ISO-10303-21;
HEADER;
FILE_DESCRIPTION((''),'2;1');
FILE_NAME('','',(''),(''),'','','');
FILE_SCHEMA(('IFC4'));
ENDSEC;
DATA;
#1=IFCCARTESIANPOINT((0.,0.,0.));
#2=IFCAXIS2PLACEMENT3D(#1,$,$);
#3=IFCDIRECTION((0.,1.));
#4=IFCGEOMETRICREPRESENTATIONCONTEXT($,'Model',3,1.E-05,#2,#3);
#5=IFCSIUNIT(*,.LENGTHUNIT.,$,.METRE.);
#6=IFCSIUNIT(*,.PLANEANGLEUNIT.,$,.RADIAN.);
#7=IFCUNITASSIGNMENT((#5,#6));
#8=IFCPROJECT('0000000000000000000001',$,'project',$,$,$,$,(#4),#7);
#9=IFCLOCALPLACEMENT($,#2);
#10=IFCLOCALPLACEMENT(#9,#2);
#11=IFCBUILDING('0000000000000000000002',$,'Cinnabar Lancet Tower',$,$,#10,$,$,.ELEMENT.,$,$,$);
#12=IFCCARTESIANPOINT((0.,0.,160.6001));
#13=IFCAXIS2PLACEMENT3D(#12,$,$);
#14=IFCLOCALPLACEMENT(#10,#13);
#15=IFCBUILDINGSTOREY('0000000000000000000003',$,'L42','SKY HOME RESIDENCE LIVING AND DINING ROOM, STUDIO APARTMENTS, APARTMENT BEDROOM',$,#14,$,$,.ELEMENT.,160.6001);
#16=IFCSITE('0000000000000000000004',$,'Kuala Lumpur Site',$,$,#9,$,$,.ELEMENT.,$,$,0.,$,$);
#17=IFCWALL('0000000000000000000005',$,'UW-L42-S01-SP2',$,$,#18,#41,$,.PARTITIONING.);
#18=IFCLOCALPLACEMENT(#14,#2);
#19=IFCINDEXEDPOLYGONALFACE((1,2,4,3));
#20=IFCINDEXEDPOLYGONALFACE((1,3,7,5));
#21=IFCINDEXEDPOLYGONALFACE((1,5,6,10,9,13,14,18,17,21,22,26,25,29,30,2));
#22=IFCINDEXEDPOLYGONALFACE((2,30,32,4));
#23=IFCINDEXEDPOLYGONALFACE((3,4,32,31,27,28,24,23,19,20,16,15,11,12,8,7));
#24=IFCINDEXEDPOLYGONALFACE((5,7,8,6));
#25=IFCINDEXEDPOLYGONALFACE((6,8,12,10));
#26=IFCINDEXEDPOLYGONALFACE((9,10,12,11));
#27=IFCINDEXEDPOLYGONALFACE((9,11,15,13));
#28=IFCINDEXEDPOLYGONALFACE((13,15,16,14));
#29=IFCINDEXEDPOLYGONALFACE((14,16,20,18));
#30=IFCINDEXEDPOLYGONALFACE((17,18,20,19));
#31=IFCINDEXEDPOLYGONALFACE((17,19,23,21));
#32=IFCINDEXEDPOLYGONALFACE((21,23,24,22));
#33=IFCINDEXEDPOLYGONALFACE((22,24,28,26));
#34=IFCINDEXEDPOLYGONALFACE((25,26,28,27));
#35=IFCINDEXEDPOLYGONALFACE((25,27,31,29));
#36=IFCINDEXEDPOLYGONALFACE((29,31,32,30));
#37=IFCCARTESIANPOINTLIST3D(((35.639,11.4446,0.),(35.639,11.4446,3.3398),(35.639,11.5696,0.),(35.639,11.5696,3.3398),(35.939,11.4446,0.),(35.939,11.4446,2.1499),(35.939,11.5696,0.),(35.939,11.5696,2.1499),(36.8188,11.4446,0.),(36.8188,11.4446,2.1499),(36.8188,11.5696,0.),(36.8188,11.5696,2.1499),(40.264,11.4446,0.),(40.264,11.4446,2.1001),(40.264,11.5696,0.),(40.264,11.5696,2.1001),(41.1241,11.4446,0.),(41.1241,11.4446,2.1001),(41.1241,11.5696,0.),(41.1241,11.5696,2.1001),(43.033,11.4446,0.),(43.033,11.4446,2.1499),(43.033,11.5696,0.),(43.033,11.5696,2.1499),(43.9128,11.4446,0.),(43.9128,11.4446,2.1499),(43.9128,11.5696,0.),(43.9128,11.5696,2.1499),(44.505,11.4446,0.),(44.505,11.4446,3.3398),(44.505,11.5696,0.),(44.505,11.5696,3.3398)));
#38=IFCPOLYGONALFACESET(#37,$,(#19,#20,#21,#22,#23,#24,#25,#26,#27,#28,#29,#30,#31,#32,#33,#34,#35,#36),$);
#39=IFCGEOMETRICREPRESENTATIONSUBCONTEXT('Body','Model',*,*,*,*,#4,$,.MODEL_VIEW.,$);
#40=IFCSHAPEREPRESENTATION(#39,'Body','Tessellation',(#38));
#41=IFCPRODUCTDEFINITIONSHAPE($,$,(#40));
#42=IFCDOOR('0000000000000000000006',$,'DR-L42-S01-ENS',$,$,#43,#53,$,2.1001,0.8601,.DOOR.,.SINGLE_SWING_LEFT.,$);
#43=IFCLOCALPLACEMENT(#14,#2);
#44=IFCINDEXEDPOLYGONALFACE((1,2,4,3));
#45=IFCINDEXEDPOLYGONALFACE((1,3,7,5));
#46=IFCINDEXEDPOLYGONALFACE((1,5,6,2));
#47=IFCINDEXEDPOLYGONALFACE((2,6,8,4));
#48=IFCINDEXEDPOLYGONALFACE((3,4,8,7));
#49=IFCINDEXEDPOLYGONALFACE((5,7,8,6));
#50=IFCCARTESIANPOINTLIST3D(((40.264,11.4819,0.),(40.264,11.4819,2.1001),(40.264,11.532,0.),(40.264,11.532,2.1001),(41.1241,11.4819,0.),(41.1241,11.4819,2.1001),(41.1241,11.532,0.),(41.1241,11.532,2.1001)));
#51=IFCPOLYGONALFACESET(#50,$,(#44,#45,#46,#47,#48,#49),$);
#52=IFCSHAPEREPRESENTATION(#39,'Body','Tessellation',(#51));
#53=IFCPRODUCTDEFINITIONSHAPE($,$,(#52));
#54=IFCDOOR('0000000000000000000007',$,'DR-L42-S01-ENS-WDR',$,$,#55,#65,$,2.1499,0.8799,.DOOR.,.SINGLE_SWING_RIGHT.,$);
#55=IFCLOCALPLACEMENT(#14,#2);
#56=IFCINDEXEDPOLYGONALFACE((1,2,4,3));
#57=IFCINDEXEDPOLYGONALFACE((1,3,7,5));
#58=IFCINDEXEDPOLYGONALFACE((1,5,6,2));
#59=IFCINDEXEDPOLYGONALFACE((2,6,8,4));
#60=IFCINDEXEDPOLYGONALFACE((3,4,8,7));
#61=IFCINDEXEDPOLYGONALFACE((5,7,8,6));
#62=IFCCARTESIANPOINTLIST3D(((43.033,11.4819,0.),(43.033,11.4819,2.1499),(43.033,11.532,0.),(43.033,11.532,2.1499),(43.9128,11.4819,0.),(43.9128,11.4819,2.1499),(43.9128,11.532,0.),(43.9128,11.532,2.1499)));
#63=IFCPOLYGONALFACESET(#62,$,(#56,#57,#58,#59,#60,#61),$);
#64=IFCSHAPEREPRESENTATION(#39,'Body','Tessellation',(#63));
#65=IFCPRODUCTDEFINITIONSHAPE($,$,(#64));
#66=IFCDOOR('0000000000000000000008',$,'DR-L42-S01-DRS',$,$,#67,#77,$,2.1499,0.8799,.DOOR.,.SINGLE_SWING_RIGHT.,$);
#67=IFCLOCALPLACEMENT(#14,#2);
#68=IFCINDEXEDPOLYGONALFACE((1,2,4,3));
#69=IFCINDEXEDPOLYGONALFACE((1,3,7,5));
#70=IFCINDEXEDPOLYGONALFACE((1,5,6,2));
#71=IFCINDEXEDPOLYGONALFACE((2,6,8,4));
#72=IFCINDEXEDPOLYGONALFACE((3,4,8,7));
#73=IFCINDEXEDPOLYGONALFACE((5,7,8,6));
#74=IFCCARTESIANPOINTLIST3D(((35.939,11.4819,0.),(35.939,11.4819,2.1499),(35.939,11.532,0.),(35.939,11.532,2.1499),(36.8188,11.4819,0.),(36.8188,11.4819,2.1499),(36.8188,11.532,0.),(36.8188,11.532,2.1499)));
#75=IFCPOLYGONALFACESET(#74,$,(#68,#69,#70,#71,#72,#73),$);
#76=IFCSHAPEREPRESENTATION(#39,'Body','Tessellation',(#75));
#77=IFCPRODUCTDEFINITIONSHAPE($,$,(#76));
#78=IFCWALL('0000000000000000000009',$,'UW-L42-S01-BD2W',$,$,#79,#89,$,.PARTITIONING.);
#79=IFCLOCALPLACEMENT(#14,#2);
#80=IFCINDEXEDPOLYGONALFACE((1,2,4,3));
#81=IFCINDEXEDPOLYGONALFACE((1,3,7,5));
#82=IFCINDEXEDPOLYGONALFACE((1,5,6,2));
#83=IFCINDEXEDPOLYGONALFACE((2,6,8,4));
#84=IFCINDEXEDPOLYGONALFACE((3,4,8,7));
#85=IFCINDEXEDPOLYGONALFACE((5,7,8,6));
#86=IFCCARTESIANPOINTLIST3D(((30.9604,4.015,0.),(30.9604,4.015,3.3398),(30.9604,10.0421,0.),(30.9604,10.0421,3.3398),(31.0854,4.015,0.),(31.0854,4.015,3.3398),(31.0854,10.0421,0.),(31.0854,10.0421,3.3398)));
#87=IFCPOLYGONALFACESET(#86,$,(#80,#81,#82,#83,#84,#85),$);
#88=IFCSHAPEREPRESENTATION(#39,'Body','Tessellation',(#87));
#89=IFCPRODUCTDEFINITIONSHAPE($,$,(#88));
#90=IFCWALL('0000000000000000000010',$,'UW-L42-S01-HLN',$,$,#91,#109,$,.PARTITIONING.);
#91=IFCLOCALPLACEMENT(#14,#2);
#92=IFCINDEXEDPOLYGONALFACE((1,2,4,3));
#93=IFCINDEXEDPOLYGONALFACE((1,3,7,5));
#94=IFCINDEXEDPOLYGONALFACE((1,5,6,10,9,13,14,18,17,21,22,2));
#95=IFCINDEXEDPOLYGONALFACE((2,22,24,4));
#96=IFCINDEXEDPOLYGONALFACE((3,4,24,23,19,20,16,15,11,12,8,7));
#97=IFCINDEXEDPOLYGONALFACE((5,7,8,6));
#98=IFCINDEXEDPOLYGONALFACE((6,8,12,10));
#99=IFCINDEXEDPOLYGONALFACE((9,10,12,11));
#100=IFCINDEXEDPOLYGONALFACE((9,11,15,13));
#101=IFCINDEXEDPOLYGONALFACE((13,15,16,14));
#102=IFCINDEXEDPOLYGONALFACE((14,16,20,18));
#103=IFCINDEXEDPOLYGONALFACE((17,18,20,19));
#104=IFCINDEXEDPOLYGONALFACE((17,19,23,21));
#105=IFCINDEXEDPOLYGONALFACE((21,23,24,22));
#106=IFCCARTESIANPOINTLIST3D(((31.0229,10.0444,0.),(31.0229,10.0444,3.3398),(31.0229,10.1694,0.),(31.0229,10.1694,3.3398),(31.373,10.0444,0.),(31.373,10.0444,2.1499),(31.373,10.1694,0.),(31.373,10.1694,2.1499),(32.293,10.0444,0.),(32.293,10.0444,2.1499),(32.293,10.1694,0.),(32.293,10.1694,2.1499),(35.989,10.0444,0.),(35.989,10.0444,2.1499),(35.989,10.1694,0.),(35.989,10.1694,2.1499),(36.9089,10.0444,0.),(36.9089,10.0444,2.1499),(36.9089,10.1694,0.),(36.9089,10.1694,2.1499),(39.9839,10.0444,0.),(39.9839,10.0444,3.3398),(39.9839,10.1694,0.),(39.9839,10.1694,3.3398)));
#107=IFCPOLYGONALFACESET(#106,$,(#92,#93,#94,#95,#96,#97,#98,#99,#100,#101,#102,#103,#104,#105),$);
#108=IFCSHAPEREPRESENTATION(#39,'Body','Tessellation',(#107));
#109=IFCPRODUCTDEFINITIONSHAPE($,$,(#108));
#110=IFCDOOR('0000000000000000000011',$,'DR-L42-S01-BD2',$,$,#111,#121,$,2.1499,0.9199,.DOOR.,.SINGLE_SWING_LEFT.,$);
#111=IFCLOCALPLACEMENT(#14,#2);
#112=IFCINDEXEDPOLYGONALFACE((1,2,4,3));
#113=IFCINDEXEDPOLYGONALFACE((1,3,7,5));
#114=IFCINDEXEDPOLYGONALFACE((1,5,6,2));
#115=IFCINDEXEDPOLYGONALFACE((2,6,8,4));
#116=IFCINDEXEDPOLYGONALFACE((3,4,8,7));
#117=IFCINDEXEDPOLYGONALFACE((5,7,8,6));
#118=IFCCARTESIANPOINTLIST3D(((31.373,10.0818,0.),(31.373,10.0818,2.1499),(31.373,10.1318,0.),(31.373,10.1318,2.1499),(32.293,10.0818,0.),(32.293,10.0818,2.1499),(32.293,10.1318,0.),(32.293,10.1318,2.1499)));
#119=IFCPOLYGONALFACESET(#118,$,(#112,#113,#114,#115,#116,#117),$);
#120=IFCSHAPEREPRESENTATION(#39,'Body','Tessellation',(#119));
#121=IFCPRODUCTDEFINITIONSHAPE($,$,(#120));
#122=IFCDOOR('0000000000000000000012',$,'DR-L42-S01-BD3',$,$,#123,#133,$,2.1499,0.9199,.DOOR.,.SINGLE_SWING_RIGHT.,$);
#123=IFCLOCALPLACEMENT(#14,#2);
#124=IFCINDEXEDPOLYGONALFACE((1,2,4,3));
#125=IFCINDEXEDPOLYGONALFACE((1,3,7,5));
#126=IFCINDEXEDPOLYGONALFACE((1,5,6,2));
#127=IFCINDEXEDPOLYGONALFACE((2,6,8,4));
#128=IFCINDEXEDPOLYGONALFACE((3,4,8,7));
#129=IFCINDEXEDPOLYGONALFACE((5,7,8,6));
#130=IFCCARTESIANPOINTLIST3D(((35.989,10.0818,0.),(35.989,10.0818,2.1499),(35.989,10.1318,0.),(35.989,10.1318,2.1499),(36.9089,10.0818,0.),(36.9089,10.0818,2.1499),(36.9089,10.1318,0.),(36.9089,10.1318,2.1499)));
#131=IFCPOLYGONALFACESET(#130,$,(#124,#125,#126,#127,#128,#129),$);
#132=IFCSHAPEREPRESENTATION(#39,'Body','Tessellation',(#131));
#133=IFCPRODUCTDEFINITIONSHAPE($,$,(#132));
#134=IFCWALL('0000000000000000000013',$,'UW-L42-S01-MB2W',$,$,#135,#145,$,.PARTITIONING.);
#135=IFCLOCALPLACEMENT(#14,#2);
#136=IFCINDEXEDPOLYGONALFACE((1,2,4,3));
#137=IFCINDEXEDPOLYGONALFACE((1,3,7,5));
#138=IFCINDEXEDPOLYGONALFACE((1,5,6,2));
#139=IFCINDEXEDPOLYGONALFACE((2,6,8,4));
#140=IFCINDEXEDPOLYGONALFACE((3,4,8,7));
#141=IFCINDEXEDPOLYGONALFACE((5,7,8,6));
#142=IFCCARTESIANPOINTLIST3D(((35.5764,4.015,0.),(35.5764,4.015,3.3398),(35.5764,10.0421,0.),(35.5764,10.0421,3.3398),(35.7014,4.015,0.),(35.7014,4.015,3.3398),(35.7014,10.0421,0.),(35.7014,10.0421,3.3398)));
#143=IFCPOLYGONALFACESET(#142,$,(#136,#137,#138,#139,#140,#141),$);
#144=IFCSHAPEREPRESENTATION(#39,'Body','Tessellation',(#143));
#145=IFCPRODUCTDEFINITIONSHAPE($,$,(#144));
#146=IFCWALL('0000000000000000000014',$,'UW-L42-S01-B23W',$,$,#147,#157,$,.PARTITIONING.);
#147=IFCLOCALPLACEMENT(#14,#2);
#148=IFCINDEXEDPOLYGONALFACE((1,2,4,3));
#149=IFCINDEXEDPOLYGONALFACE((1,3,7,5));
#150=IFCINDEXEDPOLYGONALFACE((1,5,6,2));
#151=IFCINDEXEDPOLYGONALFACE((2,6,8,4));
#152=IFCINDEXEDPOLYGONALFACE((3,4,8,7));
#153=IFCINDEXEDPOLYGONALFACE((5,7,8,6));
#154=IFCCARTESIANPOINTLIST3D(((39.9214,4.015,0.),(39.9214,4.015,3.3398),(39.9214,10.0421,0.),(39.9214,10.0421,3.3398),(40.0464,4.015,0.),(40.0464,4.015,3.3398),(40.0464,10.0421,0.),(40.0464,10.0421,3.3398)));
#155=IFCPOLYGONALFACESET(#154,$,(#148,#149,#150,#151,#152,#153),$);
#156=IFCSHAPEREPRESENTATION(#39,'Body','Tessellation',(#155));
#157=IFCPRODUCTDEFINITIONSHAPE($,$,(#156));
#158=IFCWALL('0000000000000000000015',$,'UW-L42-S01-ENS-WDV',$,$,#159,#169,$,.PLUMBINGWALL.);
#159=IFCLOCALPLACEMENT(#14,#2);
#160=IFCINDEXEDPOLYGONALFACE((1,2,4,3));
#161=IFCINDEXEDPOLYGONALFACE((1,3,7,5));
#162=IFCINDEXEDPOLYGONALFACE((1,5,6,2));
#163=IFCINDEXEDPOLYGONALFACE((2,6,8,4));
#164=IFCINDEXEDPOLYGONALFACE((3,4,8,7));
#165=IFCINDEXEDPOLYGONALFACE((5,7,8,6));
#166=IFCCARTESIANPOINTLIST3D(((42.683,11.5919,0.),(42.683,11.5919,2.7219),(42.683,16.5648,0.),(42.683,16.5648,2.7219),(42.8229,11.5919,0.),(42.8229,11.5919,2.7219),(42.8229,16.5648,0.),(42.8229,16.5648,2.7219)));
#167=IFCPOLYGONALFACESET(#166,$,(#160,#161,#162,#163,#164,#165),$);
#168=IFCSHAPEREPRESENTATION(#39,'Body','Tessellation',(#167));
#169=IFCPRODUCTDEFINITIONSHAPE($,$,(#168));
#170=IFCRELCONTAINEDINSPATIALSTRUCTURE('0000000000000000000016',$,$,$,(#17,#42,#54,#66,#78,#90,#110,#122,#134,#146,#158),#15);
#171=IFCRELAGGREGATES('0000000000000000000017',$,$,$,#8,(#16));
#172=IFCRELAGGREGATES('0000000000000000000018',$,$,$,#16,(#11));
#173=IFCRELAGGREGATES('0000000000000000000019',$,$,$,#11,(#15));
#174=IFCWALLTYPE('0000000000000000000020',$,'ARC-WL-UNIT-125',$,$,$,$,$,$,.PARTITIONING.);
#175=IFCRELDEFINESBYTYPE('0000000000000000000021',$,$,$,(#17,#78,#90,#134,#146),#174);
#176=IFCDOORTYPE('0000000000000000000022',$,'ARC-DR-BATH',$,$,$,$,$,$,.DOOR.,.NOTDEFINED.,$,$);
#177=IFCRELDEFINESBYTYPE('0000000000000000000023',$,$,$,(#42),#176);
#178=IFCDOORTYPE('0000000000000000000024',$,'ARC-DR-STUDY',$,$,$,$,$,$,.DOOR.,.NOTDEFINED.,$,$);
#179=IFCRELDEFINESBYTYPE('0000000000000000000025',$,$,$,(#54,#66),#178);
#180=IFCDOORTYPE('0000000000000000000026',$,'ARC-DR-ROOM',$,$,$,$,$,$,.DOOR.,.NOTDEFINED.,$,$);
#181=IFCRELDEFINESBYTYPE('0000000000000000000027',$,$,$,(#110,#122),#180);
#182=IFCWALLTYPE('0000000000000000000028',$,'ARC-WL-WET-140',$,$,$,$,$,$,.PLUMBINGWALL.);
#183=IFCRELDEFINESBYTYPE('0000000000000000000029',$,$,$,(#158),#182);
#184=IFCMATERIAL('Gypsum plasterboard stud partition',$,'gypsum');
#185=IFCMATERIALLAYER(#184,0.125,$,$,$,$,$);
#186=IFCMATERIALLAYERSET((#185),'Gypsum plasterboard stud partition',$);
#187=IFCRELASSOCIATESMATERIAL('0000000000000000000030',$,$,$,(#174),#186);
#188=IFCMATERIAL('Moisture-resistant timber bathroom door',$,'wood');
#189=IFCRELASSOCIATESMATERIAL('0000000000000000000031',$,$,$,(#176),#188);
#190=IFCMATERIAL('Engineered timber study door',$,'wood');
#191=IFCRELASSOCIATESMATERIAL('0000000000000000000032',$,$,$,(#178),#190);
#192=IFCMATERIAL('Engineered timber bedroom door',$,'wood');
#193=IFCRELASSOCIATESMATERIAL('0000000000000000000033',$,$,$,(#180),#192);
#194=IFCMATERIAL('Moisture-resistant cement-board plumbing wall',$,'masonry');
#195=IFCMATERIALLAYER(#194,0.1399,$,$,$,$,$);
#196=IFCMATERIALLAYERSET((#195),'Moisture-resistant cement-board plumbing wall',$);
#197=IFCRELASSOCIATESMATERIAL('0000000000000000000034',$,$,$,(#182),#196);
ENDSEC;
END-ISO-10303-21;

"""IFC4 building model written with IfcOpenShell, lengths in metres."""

from ifc_helpers import new_model, si_unit, direction, frame, frame_2d, origin, place, context, subcontext, project, spatial, rectangle, extrude, material, layer, layer_set, type_object, element, fill, save


model = new_model("IFC4")

# Units and contexts
model_context = context("Model", 3, precision=1e-05, world=origin(), true_north=direction((0.0, 1.0)))
body_context = subcontext(model_context, "Body", "Model", "MODEL_VIEW")
ifc_project = project(units=[si_unit("LENGTHUNIT", "METRE"), si_unit("PLANEANGLEUNIT", "RADIAN")], contexts=[model_context])

# Site, building, storey
site_placement = place(None, origin())
site = spatial("IfcSite", under=ifc_project, at=site_placement, Name="Kuala Lumpur Site", CompositionType="ELEMENT", RefElevation=0.0)
building_placement = place(site_placement, origin())
building = spatial("IfcBuilding", under=site, at=building_placement, Name="Cinnabar Lancet Tower", CompositionType="ELEMENT")
storey_placement = place(building_placement, frame((0.0, 0.0, 160.6001)))
storey = spatial("IfcBuildingStorey", under=building, at=storey_placement, Name="L42", Description="SKY HOME RESIDENCE LIVING AND DINING ROOM, STUDIO APARTMENTS, APARTMENT BEDROOM", CompositionType="ELEMENT", Elevation=160.6001)

# Wall, openings, doors
ifc_material_1 = material(Name="Gypsum plasterboard stud partition", Category="gypsum")
ifc_layer_1 = layer(ifc_material_1, 0.125)
ifc_layer_set_1 = layer_set([ifc_layer_1], Name="Gypsum plasterboard stud partition")
wall_type_1 = type_object("IfcWallType", Name="ARC-WL-UNIT-125", PredefinedType="PARTITIONING", material=ifc_layer_set_1)
wall_1_placement = place(storey_placement, frame((35.6389, 11.5071, 0.0), z_axis=(0.0, 0.0, 1.0), x_axis=(1.0, 0.0, 0.0)))
wall_1 = element("IfcWall", 1, at=wall_1_placement, inside=storey, type_object=wall_type_1, Name="UW-L42-S01-SP2", PredefinedType="PARTITIONING", context=body_context, shape_type="SweptSolid", body=[
    extrude(rectangle(XDim=8.866, YDim=0.125, at=frame_2d((4.4331, 0.0))), origin(), (0.0, 0.0, 1.0), 3.3398),
])
opening_1_placement = place(wall_1_placement, frame((4.625, 0.0, 0.0)))
opening_1 = element("IfcOpeningElement", 2, at=opening_1_placement, cuts=wall_1, PredefinedType="OPENING", context=body_context, shape_type="SweptSolid", body=[
    extrude(rectangle(XDim=0.8601, YDim=2.1001, at=frame_2d((0.4302, 1.05))), frame((0.0, 0.0725, 0.0), z_axis=(0.0, -1.0, 0.0), x_axis=(1.0, 0.0, 0.0)), (0.0, 0.0, 1.0), 0.145),
])
opening_2_placement = place(wall_1_placement, frame((7.394, 0.0, 0.0)))
opening_2 = element("IfcOpeningElement", 3, at=opening_2_placement, cuts=wall_1, PredefinedType="OPENING", context=body_context, shape_type="SweptSolid", body=[
    extrude(rectangle(XDim=0.8799, YDim=2.1499, at=frame_2d((0.4399, 1.075))), frame((0.0, 0.0725, 0.0), z_axis=(0.0, -1.0, 0.0), x_axis=(1.0, 0.0, 0.0)), (0.0, 0.0, 1.0), 0.145),
])
opening_3_placement = place(wall_1_placement, frame((0.3, 0.0, 0.0)))
opening_3 = element("IfcOpeningElement", 4, at=opening_3_placement, cuts=wall_1, PredefinedType="OPENING", context=body_context, shape_type="SweptSolid", body=[
    extrude(rectangle(XDim=0.8799, YDim=2.1499, at=frame_2d((0.4399, 1.075))), frame((0.0, 0.0725, 0.0), z_axis=(0.0, -1.0, 0.0), x_axis=(1.0, 0.0, 0.0)), (0.0, 0.0, 1.0), 0.145),
])
ifc_material_2 = material(Name="Moisture-resistant timber bathroom door", Category="wood")
door_type_1 = type_object("IfcDoorType", Name="ARC-DR-BATH", OperationType="NOTDEFINED", PredefinedType="DOOR", material=ifc_material_2)
door_1_placement = place(opening_1_placement, origin())
door_1 = element("IfcDoor", 5, at=door_1_placement, inside=storey, type_object=door_type_1, Name="DR-L42-S01-ENS", OperationType="SINGLE_SWING_LEFT", OverallHeight=2.1001, OverallWidth=0.8601, PredefinedType="DOOR", context=body_context, shape_type="SweptSolid", body=[
    extrude(rectangle(XDim=0.8601, YDim=2.1001, at=frame_2d((0.4302, 1.05))), frame((0.0, 0.0249, 0.0), z_axis=(0.0, -1.0, 0.0), x_axis=(1.0, 0.0, 0.0)), (0.0, 0.0, 1.0), 0.05),
])
fill(opening_1, door_1)
ifc_material_3 = material(Name="Engineered timber study door", Category="wood")
door_type_2 = type_object("IfcDoorType", Name="ARC-DR-STUDY", OperationType="NOTDEFINED", PredefinedType="DOOR", material=ifc_material_3)
door_2_placement = place(opening_2_placement, origin())
door_2 = element("IfcDoor", 6, at=door_2_placement, inside=storey, type_object=door_type_2, Name="DR-L42-S01-ENS-WDR", OperationType="SINGLE_SWING_RIGHT", OverallHeight=2.1499, OverallWidth=0.8799, PredefinedType="DOOR", context=body_context, shape_type="SweptSolid", body=[
    extrude(rectangle(XDim=0.8799, YDim=2.1499, at=frame_2d((0.4399, 1.075))), frame((0.0, 0.0249, 0.0), z_axis=(0.0, -1.0, 0.0), x_axis=(1.0, 0.0, 0.0)), (0.0, 0.0, 1.0), 0.05),
])
fill(opening_2, door_2)
door_3_placement = place(opening_3_placement, origin())
door_3 = element("IfcDoor", 7, at=door_3_placement, inside=storey, type_object=door_type_2, Name="DR-L42-S01-DRS", OperationType="SINGLE_SWING_RIGHT", OverallHeight=2.1499, OverallWidth=0.8799, PredefinedType="DOOR", context=body_context, shape_type="SweptSolid", body=[
    extrude(rectangle(XDim=0.8799, YDim=2.1499, at=frame_2d((0.4399, 1.075))), frame((0.0, 0.0249, 0.0), z_axis=(0.0, -1.0, 0.0), x_axis=(1.0, 0.0, 0.0)), (0.0, 0.0, 1.0), 0.05),
])
fill(opening_3, door_3)

# Wall
wall_2_placement = place(storey_placement, frame((31.0229, 4.0149, 0.0), z_axis=(0.0, 0.0, 1.0), x_axis=(0.0, 1.0, 0.0)))
element("IfcWall", 8, at=wall_2_placement, inside=storey, type_object=wall_type_1, Name="UW-L42-S01-BD2W", PredefinedType="PARTITIONING", context=body_context, shape_type="SweptSolid", body=[
    extrude(rectangle(XDim=6.0271, YDim=0.125, at=frame_2d((3.0137, 0.0))), origin(), (0.0, 0.0, 1.0), 3.3398),
])

# Wall, openings, doors
wall_3_placement = place(storey_placement, frame((31.0229, 10.1069, 0.0), z_axis=(0.0, 0.0, 1.0), x_axis=(1.0, 0.0, 0.0)))
wall_3 = element("IfcWall", 9, at=wall_3_placement, inside=storey, type_object=wall_type_1, Name="UW-L42-S01-HLN", PredefinedType="PARTITIONING", context=body_context, shape_type="SweptSolid", body=[
    extrude(rectangle(XDim=8.9609, YDim=0.125, at=frame_2d((4.4805, 0.0))), origin(), (0.0, 0.0, 1.0), 3.3398),
])
opening_4_placement = place(wall_3_placement, frame((0.3501, 0.0, 0.0)))
opening_4 = element("IfcOpeningElement", 10, at=opening_4_placement, cuts=wall_3, PredefinedType="OPENING", context=body_context, shape_type="SweptSolid", body=[
    extrude(rectangle(XDim=0.9199, YDim=2.1499, at=frame_2d((0.46, 1.075))), frame((0.0, 0.0725, 0.0), z_axis=(0.0, -1.0, 0.0), x_axis=(1.0, 0.0, 0.0)), (0.0, 0.0, 1.0), 0.145),
])
opening_5_placement = place(wall_3_placement, frame((4.9661, 0.0, 0.0)))
opening_5 = element("IfcOpeningElement", 11, at=opening_5_placement, cuts=wall_3, PredefinedType="OPENING", context=body_context, shape_type="SweptSolid", body=[
    extrude(rectangle(XDim=0.9199, YDim=2.1499, at=frame_2d((0.46, 1.075))), frame((0.0, 0.0725, 0.0), z_axis=(0.0, -1.0, 0.0), x_axis=(1.0, 0.0, 0.0)), (0.0, 0.0, 1.0), 0.145),
])
ifc_material_4 = material(Name="Engineered timber bedroom door", Category="wood")
door_type_3 = type_object("IfcDoorType", Name="ARC-DR-ROOM", OperationType="NOTDEFINED", PredefinedType="DOOR", material=ifc_material_4)
door_4_placement = place(opening_4_placement, origin())
door_4 = element("IfcDoor", 12, at=door_4_placement, inside=storey, type_object=door_type_3, Name="DR-L42-S01-BD2", OperationType="SINGLE_SWING_LEFT", OverallHeight=2.1499, OverallWidth=0.9199, PredefinedType="DOOR", context=body_context, shape_type="SweptSolid", body=[
    extrude(rectangle(XDim=0.9199, YDim=2.1499, at=frame_2d((0.46, 1.075))), frame((0.0, 0.0249, 0.0), z_axis=(0.0, -1.0, 0.0), x_axis=(1.0, 0.0, 0.0)), (0.0, 0.0, 1.0), 0.05),
])
fill(opening_4, door_4)
door_5_placement = place(opening_5_placement, origin())
door_5 = element("IfcDoor", 13, at=door_5_placement, inside=storey, type_object=door_type_3, Name="DR-L42-S01-BD3", OperationType="SINGLE_SWING_RIGHT", OverallHeight=2.1499, OverallWidth=0.9199, PredefinedType="DOOR", context=body_context, shape_type="SweptSolid", body=[
    extrude(rectangle(XDim=0.9199, YDim=2.1499, at=frame_2d((0.46, 1.075))), frame((0.0, 0.0249, 0.0), z_axis=(0.0, -1.0, 0.0), x_axis=(1.0, 0.0, 0.0)), (0.0, 0.0, 1.0), 0.05),
])
fill(opening_5, door_5)

# Walls
for number, where, z_axis, x_axis, name in (
    (14, (35.6389, 4.0149, 0.0), (0.0, 0.0, 1.0), (0.0, 1.0, 0.0), "UW-L42-S01-MB2W"),
    (15, (39.9839, 4.0149, 0.0), (0.0, 0.0, 1.0), (0.0, 1.0, 0.0), "UW-L42-S01-B23W"),
):
    element("IfcWall", number, at=place(storey_placement, frame(where, z_axis=z_axis, x_axis=x_axis)), inside=storey, type_object=wall_type_1, Name=name, PredefinedType="PARTITIONING", context=body_context, shape_type="SweptSolid", body=[
        extrude(rectangle(XDim=6.0271, YDim=0.125, at=frame_2d((3.0137, 0.0))), origin(), (0.0, 0.0, 1.0), 3.3398),
    ])
ifc_material_5 = material(Name="Moisture-resistant cement-board plumbing wall", Category="masonry")
ifc_layer_2 = layer(ifc_material_5, 0.1399)
ifc_layer_set_2 = layer_set([ifc_layer_2], Name="Moisture-resistant cement-board plumbing wall")
wall_type_2 = type_object("IfcWallType", Name="ARC-WL-WET-140", PredefinedType="PLUMBINGWALL", material=ifc_layer_set_2)
wall_4_placement = place(storey_placement, frame((42.7529, 11.592, 0.0), z_axis=(0.0, 0.0, 1.0), x_axis=(0.0, 1.0, 0.0)))
element("IfcWall", 16, at=wall_4_placement, inside=storey, type_object=wall_type_2, Name="UW-L42-S01-ENS-WDV", PredefinedType="PLUMBINGWALL", context=body_context, shape_type="SweptSolid", body=[
    extrude(rectangle(XDim=4.9729, YDim=0.1399, at=frame_2d((2.4863, 0.0))), origin(), (0.0, 0.0, 1.0), 2.7219),
])

save(model, "model.ifc")
